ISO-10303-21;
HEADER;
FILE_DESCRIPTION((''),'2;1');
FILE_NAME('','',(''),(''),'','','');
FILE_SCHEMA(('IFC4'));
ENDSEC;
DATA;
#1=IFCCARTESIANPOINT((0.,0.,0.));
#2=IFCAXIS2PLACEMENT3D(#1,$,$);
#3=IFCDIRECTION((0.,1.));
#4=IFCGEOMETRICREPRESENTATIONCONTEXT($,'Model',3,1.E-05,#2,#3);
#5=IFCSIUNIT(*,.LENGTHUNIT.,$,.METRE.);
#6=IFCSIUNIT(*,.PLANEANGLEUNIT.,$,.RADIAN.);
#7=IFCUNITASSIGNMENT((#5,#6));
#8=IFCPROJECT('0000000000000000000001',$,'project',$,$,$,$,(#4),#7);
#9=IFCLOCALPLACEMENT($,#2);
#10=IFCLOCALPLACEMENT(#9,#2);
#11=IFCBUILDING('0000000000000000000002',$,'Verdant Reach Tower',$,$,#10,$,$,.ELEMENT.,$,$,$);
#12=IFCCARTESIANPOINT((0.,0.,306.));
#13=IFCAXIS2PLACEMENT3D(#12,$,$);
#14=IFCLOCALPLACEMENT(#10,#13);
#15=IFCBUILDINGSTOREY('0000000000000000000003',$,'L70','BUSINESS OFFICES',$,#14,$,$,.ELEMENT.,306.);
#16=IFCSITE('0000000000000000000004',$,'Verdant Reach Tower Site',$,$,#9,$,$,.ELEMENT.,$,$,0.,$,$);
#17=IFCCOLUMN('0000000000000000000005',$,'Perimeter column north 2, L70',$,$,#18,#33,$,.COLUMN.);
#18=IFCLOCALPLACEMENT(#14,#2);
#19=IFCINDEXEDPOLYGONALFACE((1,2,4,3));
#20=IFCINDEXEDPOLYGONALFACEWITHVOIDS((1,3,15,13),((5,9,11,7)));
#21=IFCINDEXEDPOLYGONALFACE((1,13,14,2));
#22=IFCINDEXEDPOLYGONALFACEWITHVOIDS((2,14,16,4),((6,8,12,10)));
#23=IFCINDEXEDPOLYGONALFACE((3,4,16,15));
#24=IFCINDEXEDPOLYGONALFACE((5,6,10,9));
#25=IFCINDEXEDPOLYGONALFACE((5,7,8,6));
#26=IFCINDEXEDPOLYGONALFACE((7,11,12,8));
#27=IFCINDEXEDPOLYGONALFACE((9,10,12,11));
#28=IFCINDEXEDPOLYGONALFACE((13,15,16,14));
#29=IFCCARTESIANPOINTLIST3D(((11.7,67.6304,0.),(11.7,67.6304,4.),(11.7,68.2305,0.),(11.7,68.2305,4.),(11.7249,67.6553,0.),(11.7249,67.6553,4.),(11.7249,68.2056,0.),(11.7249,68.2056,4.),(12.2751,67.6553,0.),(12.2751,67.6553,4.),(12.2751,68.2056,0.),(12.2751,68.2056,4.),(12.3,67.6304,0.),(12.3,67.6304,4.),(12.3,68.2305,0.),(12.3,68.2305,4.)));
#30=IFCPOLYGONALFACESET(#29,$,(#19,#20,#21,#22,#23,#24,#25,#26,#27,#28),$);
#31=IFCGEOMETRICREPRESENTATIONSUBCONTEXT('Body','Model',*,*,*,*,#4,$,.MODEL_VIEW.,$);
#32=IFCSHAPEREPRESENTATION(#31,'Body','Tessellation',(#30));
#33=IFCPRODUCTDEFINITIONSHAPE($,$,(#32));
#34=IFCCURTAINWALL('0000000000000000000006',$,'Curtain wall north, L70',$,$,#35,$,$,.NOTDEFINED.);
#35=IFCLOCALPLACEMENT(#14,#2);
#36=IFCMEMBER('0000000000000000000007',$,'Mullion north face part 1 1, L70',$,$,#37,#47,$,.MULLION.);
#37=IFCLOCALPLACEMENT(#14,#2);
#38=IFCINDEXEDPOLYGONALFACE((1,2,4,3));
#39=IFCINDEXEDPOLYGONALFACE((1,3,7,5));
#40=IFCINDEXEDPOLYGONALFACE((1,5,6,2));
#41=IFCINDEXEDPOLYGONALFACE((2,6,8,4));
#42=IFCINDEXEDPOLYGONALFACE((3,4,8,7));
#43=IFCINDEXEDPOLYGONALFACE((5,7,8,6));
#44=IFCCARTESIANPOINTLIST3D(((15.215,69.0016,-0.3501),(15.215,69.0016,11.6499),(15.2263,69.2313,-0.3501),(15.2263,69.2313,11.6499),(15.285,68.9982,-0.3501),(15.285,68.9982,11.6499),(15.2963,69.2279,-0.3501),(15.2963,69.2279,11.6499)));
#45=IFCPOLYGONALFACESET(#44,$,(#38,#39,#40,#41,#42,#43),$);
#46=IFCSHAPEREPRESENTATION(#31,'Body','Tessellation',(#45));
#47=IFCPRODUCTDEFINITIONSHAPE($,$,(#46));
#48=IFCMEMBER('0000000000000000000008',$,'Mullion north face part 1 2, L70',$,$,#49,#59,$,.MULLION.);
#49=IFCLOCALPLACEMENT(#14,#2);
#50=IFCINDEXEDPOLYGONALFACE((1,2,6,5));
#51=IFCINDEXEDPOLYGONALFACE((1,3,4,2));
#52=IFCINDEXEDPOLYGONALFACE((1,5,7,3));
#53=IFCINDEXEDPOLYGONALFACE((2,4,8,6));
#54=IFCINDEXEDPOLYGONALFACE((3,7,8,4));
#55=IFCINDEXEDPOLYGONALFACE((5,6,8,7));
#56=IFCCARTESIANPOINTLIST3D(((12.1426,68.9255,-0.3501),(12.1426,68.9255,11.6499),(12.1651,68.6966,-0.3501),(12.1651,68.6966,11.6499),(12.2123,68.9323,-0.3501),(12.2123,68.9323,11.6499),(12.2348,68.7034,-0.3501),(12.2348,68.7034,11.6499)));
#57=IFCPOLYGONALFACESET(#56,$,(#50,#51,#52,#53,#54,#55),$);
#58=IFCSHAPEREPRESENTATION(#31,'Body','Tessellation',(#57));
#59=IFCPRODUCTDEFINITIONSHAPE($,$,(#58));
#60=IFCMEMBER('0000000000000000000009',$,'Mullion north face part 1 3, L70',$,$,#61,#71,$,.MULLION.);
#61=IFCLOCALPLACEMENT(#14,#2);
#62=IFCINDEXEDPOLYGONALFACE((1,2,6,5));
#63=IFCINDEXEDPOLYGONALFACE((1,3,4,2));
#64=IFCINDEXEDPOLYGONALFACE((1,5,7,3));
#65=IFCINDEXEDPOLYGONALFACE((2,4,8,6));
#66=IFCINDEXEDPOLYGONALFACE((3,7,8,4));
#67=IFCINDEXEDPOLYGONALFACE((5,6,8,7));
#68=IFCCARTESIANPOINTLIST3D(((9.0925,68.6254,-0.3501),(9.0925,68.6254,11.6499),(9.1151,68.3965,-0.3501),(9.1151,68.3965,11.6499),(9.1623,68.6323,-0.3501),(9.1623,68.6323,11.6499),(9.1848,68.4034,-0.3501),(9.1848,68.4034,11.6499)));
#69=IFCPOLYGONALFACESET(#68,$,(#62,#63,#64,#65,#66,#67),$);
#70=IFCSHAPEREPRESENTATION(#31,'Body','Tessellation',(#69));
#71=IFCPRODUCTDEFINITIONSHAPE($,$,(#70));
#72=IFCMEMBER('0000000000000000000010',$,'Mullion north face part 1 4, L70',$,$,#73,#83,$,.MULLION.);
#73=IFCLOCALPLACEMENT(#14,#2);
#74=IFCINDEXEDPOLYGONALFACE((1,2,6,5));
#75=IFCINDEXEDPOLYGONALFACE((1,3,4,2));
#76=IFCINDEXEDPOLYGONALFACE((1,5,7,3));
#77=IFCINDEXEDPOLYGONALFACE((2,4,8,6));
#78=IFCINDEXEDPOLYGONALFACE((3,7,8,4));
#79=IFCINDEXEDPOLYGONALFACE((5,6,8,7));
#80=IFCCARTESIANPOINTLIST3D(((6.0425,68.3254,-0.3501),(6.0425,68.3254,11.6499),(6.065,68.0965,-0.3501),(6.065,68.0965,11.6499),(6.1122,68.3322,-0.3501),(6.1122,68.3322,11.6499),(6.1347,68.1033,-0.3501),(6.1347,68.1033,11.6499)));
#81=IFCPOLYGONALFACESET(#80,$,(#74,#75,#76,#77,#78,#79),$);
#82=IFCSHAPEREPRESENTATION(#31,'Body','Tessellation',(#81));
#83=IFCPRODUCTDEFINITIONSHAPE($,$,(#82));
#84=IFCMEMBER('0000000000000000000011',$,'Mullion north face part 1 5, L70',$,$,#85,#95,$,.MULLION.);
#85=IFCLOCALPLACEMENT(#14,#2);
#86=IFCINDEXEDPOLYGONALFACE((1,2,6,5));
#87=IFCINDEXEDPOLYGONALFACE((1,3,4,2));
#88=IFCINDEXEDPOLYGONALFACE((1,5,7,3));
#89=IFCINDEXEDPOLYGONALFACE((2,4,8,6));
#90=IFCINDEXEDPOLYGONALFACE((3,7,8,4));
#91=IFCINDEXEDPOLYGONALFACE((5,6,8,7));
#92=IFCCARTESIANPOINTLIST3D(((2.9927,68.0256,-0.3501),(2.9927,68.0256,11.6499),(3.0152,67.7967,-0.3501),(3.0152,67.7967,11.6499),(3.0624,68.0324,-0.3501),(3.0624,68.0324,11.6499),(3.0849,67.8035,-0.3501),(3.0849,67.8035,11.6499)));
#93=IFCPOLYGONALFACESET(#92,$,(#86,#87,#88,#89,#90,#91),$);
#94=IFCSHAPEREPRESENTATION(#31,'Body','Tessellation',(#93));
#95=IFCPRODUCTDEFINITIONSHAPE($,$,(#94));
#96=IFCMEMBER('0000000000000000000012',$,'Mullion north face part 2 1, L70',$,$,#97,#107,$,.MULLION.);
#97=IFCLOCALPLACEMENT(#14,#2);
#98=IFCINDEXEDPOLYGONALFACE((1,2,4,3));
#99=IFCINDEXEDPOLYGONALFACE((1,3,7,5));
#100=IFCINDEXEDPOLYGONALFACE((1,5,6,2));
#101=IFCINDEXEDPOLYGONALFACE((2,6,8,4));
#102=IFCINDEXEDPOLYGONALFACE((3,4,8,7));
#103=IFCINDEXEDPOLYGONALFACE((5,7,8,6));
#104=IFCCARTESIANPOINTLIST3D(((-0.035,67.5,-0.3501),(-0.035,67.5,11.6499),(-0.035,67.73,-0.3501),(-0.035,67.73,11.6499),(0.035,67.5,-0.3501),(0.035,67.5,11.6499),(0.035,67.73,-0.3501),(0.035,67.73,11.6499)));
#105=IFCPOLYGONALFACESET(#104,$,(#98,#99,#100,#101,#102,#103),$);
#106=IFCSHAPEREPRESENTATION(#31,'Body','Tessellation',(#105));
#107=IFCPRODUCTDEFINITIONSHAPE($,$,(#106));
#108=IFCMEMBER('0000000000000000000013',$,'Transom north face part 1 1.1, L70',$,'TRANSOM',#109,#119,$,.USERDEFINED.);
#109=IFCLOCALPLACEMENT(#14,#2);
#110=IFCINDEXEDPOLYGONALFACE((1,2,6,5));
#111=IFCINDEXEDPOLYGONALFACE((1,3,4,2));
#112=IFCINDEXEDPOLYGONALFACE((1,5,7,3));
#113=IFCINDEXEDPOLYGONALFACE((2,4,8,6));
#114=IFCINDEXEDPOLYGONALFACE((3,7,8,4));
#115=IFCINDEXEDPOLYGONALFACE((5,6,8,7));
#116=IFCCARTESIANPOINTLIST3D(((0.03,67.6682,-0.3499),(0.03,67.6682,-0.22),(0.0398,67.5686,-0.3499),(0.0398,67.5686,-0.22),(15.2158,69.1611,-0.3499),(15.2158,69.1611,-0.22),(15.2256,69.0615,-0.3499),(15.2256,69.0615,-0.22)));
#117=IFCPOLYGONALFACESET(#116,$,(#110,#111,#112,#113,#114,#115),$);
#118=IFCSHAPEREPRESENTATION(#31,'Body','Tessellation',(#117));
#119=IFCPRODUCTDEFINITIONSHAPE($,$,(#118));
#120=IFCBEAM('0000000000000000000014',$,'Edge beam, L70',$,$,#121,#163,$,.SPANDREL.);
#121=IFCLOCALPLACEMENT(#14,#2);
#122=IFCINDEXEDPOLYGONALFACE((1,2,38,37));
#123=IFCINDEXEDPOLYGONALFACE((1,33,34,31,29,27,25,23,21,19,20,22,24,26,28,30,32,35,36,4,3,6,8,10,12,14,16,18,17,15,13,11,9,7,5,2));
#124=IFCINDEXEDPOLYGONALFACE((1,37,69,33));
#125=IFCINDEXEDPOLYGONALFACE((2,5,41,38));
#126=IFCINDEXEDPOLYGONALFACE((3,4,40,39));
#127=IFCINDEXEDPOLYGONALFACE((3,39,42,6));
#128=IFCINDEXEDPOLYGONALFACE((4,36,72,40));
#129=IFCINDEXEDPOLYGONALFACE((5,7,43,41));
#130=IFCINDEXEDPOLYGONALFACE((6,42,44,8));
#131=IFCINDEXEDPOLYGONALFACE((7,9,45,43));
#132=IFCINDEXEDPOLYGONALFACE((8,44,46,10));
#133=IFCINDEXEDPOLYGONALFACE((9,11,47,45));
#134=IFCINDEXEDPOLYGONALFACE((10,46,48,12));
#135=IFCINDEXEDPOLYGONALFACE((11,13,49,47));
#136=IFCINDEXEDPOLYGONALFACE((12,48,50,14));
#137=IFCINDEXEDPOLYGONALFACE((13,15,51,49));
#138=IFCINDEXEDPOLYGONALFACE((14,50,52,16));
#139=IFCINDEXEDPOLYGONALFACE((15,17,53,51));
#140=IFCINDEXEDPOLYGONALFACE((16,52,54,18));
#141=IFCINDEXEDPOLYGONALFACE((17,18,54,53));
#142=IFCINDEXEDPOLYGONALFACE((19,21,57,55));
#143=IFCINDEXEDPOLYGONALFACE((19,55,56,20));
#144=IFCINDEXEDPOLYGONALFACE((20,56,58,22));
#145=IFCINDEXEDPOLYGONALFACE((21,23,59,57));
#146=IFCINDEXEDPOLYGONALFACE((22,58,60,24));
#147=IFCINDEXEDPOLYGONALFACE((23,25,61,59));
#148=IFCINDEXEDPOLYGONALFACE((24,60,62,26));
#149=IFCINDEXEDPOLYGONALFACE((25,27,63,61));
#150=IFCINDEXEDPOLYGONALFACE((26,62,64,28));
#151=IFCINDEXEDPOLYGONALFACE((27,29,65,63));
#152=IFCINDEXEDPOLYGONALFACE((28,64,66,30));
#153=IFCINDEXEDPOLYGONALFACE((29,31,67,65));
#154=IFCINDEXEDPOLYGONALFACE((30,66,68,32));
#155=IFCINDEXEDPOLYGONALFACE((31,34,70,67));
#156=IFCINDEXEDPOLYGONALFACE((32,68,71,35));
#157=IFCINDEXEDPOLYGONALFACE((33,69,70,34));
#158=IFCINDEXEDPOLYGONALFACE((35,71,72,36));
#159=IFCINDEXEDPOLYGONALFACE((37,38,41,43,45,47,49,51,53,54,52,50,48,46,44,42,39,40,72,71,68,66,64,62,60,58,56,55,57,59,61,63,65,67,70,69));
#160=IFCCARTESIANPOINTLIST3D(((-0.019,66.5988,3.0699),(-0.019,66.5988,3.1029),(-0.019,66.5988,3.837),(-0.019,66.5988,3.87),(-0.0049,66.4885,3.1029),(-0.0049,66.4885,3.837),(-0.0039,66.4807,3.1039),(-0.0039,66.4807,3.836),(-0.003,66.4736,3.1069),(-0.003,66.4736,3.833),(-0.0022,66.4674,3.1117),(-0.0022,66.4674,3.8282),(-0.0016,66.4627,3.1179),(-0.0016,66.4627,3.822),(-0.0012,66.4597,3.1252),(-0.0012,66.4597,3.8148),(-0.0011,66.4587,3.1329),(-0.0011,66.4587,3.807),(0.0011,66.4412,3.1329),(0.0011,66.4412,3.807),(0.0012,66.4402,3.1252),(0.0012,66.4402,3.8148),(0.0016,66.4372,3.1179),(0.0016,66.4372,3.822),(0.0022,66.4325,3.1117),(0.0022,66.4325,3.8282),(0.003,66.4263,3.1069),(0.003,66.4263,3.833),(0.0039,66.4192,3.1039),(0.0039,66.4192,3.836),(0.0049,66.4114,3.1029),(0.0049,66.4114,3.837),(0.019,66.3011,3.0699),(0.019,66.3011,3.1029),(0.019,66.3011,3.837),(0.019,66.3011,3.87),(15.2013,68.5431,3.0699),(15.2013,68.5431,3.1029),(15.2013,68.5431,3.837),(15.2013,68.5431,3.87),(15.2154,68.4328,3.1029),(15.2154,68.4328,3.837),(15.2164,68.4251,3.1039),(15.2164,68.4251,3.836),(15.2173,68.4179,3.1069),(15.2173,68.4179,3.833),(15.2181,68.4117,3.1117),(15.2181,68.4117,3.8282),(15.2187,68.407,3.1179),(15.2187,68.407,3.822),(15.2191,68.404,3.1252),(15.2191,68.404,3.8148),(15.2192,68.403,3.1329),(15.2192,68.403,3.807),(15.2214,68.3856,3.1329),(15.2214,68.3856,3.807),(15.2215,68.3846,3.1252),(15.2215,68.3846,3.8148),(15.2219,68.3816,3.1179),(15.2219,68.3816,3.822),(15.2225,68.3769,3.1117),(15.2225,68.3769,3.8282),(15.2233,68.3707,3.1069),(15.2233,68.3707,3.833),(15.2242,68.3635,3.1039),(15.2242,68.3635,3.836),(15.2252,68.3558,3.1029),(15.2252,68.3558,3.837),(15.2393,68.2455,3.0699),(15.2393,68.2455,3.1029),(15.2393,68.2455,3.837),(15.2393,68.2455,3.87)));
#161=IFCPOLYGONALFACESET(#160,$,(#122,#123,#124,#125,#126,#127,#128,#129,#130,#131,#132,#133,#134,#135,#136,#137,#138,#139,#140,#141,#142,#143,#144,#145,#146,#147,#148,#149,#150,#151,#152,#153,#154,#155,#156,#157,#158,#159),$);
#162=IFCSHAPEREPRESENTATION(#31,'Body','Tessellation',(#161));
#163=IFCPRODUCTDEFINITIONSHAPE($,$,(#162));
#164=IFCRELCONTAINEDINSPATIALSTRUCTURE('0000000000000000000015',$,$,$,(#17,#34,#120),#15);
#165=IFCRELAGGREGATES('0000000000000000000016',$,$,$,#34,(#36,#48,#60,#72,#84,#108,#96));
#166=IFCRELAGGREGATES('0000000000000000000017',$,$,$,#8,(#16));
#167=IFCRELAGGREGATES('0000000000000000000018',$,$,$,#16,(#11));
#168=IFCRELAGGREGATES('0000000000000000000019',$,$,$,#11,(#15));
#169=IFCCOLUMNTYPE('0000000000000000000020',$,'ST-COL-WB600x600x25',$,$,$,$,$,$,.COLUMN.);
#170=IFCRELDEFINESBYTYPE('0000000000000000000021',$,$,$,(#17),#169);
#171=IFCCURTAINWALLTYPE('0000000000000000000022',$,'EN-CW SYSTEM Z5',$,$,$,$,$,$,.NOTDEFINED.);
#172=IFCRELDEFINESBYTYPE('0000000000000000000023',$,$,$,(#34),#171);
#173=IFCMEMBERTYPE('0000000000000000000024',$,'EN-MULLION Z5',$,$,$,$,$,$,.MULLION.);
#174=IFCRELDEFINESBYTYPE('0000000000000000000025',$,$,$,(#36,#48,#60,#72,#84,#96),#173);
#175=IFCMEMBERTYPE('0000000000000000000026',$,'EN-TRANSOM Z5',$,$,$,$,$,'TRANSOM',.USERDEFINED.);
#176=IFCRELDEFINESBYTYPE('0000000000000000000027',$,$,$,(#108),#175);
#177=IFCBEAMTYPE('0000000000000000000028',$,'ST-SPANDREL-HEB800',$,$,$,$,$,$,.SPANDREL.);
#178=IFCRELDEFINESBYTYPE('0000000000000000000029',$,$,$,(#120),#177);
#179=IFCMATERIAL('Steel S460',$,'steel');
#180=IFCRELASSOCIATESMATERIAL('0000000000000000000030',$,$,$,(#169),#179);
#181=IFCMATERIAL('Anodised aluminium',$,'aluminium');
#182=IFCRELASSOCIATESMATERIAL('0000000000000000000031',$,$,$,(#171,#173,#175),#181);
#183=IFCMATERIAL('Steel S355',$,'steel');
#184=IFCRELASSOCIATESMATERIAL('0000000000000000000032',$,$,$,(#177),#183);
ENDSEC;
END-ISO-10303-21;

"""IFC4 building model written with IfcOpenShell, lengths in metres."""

from ifc_helpers import new_model, si_unit, direction, frame, origin, origin_2d, place, context, subcontext, project, spatial, rectangle, hollow_rectangle, i_section, extrude, material, material_profile, profile_set, type_object, element, aggregate, save


model = new_model("IFC4")

# Units and contexts
model_context = context("Model", 3, precision=1e-05, world=origin(), true_north=direction((0.0, 1.0)))
body_context = subcontext(model_context, "Body", "Model", "MODEL_VIEW")
ifc_project = project(units=[si_unit("LENGTHUNIT", "METRE"), si_unit("PLANEANGLEUNIT", "RADIAN")], contexts=[model_context])

# Site, building, storey
site_placement = place(None, origin())
site = spatial("IfcSite", under=ifc_project, at=site_placement, Name="Verdant Reach Tower Site", CompositionType="ELEMENT", RefElevation=0.0)
building_placement = place(site_placement, origin())
building = spatial("IfcBuilding", under=site, at=building_placement, Name="Verdant Reach Tower", CompositionType="ELEMENT")
storey_placement = place(building_placement, frame((0.0, 0.0, 306.0)))
storey = spatial("IfcBuildingStorey", under=building, at=storey_placement, Name="L70", Description="BUSINESS OFFICES", CompositionType="ELEMENT", Elevation=306.0)

# Column
ifc_material_1 = material(Name="Steel S460", Category="steel")
ifc_material_profile_1 = material_profile(ifc_material_1, hollow_rectangle(XDim=0.6001, YDim=0.6001, WallThickness=0.0249, at=origin_2d()), Name="WB 600x600x25")
ifc_profile_set_1 = profile_set([ifc_material_profile_1], Name="Steel S460")
column_type = type_object("IfcColumnType", Name="ST-COL-WB600x600x25", PredefinedType="COLUMN", material=ifc_profile_set_1)
column_placement = place(storey_placement, frame((12.0, 67.9304, 0.0), z_axis=(0.0, 0.0, 1.0), x_axis=(1.0, 0.0, 0.0)))
element("IfcColumn", 1, at=column_placement, inside=storey, type_object=column_type, Name="Perimeter column north 2, L70", PredefinedType="COLUMN", context=body_context, shape_type="SweptSolid", body=[
    extrude(hollow_rectangle(XDim=0.6001, YDim=0.6001, WallThickness=0.0249, at=origin_2d()), origin(), (0.0, 0.0, 1.0), 4.0),
])

# Curtain wall, members
ifc_material_2 = material(Name="Anodised aluminium", Category="aluminium")
curtain_wall_type = type_object("IfcCurtainWallType", Name="EN-CW SYSTEM Z5", PredefinedType="NOTDEFINED", material=ifc_material_2)
curtain_wall_placement = place(storey_placement, origin())
curtain_wall = element("IfcCurtainWall", 2, at=curtain_wall_placement, inside=storey, type_object=curtain_wall_type, Name="Curtain wall north, L70", PredefinedType="NOTDEFINED")
ifc_material_profile_2 = material_profile(ifc_material_2, rectangle(XDim=0.23, YDim=0.0701, at=origin_2d()), Name="Mullion 70x230")
ifc_profile_set_2 = profile_set([ifc_material_profile_2], Name="Anodised aluminium")
member_type_1 = type_object("IfcMemberType", Name="EN-MULLION Z5", PredefinedType="MULLION", material=ifc_profile_set_2)
member_1_placement = place(storey_placement, frame((15.2556, 69.1147, -0.3501), z_axis=(0.0, 0.0, 1.0), x_axis=(0.049128, 0.998793, 0.0)))
member_1 = element("IfcMember", 3, at=member_1_placement, type_object=member_type_1, Name="Mullion north face part 1 1, L70", PredefinedType="MULLION", context=body_context, shape_type="SweptSolid", body=[
    extrude(rectangle(XDim=0.23, YDim=0.0701, at=origin_2d()), origin(), (0.0, 0.0, 1.0), 12.0),
])
member_2_placement = place(storey_placement, frame((12.1887, 68.8145, -0.3501), z_axis=(0.0, 0.0, 1.0), x_axis=(-0.097888, 0.995197, 0.0)))
member_2 = element("IfcMember", 4, at=member_2_placement, type_object=member_type_1, Name="Mullion north face part 1 2, L70", PredefinedType="MULLION", context=body_context, shape_type="SweptSolid", body=[
    extrude(rectangle(XDim=0.23, YDim=0.0701, at=origin_2d()), origin(), (0.0, 0.0, 1.0), 12.0),
])
member_3_placement = place(storey_placement, frame((9.1387, 68.5144, -0.3501), z_axis=(0.0, 0.0, 1.0), x_axis=(-0.097888, 0.995197, 0.0)))
member_3 = element("IfcMember", 5, at=member_3_placement, type_object=member_type_1, Name="Mullion north face part 1 3, L70", PredefinedType="MULLION", context=body_context, shape_type="SweptSolid", body=[
    extrude(rectangle(XDim=0.23, YDim=0.0701, at=origin_2d()), origin(), (0.0, 0.0, 1.0), 12.0),
])
member_4_placement = place(storey_placement, frame((6.0886, 68.2144, -0.3501), z_axis=(0.0, 0.0, 1.0), x_axis=(-0.097888, 0.995197, 0.0)))
member_4 = element("IfcMember", 6, at=member_4_placement, type_object=member_type_1, Name="Mullion north face part 1 4, L70", PredefinedType="MULLION", context=body_context, shape_type="SweptSolid", body=[
    extrude(rectangle(XDim=0.23, YDim=0.0701, at=origin_2d()), origin(), (0.0, 0.0, 1.0), 12.0),
])
member_5_placement = place(storey_placement, frame((3.0388, 67.9146, -0.3501), z_axis=(0.0, 0.0, 1.0), x_axis=(-0.097888, 0.995197, 0.0)))
member_5 = element("IfcMember", 7, at=member_5_placement, type_object=member_type_1, Name="Mullion north face part 1 5, L70", PredefinedType="MULLION", context=body_context, shape_type="SweptSolid", body=[
    extrude(rectangle(XDim=0.23, YDim=0.0701, at=origin_2d()), origin(), (0.0, 0.0, 1.0), 12.0),
])
member_6_placement = place(storey_placement, frame((0.0, 67.615, -0.3501), z_axis=(0.0, 0.0, 1.0), x_axis=(0.0, 1.0, 0.0)))
member_6 = element("IfcMember", 8, at=member_6_placement, type_object=member_type_1, Name="Mullion north face part 2 1, L70", PredefinedType="MULLION", context=body_context, shape_type="SweptSolid", body=[
    extrude(rectangle(XDim=0.23, YDim=0.0701, at=origin_2d()), origin(), (0.0, 0.0, 1.0), 12.0),
])
ifc_material_profile_3 = material_profile(ifc_material_2, rectangle(XDim=0.1001, YDim=0.1299, at=origin_2d()), Name="Transom 130x100")
ifc_profile_set_3 = profile_set([ifc_material_profile_3], Name="Anodised aluminium")
member_type_2 = type_object("IfcMemberType", Name="EN-TRANSOM Z5", ElementType="TRANSOM", PredefinedType="USERDEFINED", material=ifc_profile_set_3)
member_7_placement = place(storey_placement, frame((15.2207, 69.1113, -0.2849), z_axis=(-0.995202, -0.097839, 0.0), x_axis=(0.097839, -0.995202, 0.0)))
member_7 = element("IfcMember", 9, at=member_7_placement, type_object=member_type_2, Name="Transom north face part 1 1.1, L70", ObjectType="TRANSOM", PredefinedType="USERDEFINED", context=body_context, shape_type="SweptSolid", body=[
    extrude(rectangle(XDim=0.1001, YDim=0.1299, at=origin_2d()), origin(), (0.0, 0.0, 1.0), 15.259),
])

# Beam
ifc_material_3 = material(Name="Steel S355", Category="steel")
ifc_material_profile_4 = material_profile(ifc_material_3, i_section(OverallWidth=0.3, OverallDepth=0.8, WebThickness=0.0176, FlangeThickness=0.033, FilletRadius=0.03, at=origin_2d()), Name="HEB 800")
ifc_profile_set_4 = profile_set([ifc_material_profile_4], Name="Steel S355")
beam_type_1 = type_object("IfcBeamType", Name="ST-SPANDREL-HEB800", PredefinedType="SPANDREL", material=ifc_profile_set_4)
beam_1_placement = place(storey_placement, frame((0.0, 66.45, 3.47), z_axis=(0.991939, 0.126717, 0.0), x_axis=(-0.126717, 0.991939, 0.0)))
element("IfcBeam", 10, at=beam_1_placement, inside=storey, type_object=beam_type_1, Name="Edge beam, L70", PredefinedType="SPANDREL", context=body_context, shape_type="SweptSolid", body=[
    extrude(i_section(OverallWidth=0.3, OverallDepth=0.8, WebThickness=0.0176, FlangeThickness=0.033, FilletRadius=0.03, at=origin_2d()), origin(), (0.0, 0.0, 1.0), 15.344),
])

aggregate(curtain_wall, [member_1, member_2, member_3, member_4, member_5, member_7, member_6])

save(model, "model.ifc")
